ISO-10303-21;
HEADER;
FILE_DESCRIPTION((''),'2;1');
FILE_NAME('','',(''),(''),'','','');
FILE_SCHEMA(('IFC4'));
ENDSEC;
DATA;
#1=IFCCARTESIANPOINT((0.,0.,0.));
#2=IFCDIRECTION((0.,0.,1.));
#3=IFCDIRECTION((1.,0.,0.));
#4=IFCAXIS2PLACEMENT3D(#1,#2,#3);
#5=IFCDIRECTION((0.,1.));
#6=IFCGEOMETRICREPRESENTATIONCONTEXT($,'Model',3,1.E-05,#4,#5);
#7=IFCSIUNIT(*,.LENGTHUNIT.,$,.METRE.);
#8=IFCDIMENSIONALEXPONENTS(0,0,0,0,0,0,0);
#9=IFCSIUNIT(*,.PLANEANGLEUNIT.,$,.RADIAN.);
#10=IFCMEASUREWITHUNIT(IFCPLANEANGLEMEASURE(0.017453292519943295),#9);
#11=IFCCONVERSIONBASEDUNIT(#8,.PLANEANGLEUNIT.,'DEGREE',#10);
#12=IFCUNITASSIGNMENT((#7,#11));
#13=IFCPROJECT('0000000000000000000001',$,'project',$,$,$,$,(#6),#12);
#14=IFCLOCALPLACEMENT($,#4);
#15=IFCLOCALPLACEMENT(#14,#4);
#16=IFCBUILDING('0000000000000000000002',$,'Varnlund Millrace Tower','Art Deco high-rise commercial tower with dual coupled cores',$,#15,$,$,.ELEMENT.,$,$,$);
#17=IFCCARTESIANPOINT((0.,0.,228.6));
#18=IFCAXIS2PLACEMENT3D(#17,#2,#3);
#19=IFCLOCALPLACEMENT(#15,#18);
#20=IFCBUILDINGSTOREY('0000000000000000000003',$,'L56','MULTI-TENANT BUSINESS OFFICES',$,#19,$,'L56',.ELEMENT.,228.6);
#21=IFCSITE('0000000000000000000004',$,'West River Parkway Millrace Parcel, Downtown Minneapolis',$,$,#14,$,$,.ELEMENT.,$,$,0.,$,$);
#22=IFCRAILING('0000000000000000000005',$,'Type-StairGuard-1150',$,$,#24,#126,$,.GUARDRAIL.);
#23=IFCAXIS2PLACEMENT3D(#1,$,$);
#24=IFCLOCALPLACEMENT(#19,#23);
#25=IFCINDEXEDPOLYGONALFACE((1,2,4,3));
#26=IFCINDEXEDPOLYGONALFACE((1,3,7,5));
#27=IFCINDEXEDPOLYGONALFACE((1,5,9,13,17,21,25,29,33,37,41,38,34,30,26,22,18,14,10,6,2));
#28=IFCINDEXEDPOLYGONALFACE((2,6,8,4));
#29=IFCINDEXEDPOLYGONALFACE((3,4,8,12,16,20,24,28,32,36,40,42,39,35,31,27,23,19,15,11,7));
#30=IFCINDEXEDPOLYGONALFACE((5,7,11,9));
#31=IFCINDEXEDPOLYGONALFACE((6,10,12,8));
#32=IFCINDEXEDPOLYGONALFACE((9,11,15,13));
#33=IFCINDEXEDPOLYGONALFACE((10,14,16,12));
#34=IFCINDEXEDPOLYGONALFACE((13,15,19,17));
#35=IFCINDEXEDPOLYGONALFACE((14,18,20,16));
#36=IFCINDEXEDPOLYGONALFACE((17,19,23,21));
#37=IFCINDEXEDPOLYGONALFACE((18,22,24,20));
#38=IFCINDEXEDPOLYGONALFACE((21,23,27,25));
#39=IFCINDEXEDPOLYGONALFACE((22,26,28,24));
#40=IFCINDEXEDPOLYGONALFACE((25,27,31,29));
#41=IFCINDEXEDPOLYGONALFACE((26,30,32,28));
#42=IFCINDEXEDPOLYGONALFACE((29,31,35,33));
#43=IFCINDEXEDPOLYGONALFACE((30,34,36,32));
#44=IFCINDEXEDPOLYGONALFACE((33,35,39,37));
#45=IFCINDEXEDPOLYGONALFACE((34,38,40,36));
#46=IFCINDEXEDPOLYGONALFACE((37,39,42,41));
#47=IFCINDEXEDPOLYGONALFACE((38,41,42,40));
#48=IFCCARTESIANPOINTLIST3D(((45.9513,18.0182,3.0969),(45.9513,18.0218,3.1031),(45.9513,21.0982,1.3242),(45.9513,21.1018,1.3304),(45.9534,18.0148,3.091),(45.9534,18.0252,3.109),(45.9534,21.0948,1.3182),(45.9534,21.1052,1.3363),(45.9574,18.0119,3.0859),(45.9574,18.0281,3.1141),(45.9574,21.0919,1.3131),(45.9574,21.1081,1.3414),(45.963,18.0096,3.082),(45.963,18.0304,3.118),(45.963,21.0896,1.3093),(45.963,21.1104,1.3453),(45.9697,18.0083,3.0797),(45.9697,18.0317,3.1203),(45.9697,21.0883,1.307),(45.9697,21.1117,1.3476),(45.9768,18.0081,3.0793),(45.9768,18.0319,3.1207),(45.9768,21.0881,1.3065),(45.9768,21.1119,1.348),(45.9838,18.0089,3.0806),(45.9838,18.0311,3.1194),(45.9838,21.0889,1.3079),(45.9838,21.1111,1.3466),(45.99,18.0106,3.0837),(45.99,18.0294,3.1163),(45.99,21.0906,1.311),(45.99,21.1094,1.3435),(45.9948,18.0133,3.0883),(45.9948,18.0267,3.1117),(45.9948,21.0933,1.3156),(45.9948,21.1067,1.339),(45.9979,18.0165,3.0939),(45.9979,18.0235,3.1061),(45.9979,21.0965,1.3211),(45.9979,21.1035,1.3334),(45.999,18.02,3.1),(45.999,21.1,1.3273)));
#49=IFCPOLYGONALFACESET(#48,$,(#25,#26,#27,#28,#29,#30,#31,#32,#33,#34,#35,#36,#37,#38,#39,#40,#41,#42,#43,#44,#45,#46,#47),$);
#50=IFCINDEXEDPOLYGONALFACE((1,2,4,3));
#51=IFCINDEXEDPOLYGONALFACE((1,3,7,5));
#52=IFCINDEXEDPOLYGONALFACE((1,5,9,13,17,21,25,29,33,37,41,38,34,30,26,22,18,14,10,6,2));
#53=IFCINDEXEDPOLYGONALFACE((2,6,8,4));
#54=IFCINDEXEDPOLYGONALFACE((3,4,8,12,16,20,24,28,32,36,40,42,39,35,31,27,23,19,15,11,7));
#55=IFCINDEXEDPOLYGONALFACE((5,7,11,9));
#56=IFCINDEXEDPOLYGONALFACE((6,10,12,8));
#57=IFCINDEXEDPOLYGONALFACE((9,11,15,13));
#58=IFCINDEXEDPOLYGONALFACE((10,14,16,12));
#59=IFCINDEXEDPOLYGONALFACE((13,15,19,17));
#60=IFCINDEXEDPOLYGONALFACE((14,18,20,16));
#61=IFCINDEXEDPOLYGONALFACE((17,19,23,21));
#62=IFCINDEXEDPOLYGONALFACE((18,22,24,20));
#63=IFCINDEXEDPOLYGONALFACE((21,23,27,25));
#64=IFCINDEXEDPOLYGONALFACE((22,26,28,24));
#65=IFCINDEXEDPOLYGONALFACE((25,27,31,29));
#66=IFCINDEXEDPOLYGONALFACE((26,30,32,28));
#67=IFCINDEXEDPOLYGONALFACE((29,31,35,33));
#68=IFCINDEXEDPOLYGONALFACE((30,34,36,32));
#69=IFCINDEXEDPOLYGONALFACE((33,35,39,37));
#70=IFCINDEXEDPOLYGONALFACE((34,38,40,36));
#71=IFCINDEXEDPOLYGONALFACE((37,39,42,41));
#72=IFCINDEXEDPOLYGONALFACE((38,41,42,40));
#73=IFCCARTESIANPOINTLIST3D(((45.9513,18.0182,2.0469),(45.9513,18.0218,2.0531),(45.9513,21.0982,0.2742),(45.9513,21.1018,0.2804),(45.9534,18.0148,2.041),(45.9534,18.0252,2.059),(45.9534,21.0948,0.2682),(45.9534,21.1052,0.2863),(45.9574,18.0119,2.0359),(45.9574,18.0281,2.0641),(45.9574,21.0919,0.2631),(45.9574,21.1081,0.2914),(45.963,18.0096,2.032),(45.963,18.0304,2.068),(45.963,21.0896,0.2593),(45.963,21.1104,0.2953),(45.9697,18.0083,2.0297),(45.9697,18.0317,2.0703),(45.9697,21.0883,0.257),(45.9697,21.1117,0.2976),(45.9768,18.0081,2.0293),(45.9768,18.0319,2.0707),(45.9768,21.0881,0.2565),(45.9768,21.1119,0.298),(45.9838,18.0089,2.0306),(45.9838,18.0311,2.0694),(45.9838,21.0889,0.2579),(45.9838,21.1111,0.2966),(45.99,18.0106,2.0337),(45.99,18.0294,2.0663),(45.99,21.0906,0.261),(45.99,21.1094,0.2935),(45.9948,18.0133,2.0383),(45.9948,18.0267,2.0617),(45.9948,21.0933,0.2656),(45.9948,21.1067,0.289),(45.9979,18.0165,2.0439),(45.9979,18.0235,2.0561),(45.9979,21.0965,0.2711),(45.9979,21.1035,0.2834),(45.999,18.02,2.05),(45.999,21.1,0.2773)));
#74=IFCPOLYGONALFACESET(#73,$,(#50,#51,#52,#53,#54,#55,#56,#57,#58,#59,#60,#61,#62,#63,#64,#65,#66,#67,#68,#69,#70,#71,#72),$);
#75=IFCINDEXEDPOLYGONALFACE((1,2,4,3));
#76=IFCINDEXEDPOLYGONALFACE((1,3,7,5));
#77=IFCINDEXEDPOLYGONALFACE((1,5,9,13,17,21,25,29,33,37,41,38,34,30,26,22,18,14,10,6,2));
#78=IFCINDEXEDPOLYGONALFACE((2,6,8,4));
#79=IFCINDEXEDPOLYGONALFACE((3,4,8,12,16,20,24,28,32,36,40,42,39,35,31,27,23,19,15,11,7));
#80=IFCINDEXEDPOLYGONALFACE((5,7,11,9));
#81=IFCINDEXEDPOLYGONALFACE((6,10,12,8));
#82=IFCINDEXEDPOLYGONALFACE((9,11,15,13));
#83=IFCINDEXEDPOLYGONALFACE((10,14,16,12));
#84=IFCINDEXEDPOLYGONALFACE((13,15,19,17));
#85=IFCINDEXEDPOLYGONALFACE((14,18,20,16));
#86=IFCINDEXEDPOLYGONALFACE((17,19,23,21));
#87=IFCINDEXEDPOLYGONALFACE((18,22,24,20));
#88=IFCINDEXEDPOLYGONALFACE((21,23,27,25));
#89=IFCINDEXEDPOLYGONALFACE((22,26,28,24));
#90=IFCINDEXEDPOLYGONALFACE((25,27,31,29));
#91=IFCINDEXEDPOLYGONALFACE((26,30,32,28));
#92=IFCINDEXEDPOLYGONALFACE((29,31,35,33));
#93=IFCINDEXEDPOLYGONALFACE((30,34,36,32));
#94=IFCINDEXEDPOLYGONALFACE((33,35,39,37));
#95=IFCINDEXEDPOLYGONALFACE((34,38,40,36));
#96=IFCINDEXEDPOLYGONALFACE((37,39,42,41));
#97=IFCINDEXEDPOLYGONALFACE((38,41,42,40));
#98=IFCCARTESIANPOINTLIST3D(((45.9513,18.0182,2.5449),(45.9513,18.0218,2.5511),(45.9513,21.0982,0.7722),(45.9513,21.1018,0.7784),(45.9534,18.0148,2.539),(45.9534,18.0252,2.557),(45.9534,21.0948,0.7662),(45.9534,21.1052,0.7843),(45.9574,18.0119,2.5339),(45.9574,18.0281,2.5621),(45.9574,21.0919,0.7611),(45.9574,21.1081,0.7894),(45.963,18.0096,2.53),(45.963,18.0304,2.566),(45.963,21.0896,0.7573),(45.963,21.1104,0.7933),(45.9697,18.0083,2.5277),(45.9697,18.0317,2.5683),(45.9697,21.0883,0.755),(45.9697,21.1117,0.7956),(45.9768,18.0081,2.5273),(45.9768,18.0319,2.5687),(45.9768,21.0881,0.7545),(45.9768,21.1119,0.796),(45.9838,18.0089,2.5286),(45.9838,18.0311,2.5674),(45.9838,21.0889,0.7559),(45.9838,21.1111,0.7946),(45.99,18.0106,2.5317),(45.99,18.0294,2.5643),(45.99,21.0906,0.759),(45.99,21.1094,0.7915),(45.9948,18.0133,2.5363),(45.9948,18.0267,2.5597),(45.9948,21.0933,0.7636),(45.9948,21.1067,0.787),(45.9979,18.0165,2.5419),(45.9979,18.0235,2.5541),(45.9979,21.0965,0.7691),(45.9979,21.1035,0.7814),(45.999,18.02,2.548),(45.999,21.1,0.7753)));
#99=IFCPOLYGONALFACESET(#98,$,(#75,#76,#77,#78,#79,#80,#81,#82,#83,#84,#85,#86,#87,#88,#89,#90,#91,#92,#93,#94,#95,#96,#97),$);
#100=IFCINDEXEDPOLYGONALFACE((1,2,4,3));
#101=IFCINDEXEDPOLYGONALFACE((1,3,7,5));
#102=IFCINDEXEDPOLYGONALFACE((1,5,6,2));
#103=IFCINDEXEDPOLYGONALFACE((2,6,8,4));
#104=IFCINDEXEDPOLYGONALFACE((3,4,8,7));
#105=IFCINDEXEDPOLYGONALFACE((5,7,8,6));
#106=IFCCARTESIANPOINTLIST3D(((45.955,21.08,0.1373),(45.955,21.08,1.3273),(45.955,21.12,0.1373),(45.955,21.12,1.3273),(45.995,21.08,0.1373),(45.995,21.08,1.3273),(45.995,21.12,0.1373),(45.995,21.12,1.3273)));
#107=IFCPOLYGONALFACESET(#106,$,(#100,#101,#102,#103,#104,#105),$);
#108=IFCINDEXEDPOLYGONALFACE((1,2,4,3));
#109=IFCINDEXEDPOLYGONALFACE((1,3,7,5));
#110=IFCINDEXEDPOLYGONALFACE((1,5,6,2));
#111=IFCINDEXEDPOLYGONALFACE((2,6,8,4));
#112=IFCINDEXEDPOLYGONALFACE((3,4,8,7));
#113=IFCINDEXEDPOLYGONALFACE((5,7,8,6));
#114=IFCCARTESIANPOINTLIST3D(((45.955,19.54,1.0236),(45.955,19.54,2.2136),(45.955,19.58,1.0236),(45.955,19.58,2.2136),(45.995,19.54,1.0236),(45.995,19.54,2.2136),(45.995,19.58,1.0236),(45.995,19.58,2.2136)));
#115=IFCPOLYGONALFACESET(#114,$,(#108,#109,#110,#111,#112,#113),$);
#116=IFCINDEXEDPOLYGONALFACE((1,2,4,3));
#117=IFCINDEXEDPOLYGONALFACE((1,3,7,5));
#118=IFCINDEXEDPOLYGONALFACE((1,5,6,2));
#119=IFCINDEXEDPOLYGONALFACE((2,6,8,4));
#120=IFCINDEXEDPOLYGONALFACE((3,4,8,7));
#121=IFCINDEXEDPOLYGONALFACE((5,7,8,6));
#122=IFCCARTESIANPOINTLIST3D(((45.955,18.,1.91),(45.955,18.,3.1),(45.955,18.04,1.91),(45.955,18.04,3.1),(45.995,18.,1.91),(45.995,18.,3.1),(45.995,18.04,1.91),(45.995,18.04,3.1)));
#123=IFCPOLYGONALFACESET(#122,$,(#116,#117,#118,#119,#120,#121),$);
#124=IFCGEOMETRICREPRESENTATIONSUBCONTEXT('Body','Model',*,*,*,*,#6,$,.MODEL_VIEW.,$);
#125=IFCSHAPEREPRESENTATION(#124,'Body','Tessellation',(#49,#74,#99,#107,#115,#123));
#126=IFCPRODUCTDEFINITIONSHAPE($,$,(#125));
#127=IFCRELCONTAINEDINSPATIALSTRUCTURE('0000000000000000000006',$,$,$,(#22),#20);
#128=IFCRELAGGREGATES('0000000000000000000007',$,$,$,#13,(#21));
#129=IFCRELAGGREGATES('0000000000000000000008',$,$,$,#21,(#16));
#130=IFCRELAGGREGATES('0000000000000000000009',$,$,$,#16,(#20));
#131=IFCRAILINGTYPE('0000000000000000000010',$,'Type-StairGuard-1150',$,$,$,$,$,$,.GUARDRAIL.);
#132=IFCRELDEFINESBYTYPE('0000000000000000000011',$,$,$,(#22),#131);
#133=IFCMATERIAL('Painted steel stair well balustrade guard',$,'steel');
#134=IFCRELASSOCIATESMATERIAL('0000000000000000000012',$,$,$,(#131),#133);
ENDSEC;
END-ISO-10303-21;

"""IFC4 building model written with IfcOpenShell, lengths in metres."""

from ifc_helpers import new_model, entity, si_unit, converted_unit, direction, frame, origin_with_axes, origin_2d_with_axis, place, context, subcontext, project, spatial, rectangle, circle, extrude, material, type_object, element, save


model = new_model("IFC4")

# Units and contexts
model_context = context("Model", 3, precision=1e-05, world=origin_with_axes(), true_north=direction((0.0, 1.0)))
body_context = subcontext(model_context, "Body", "Model", "MODEL_VIEW")
ifc_project = project(units=[si_unit("LENGTHUNIT", "METRE"), converted_unit("PLANEANGLEUNIT", "DEGREE", entity("IfcPlaneAngleMeasure", 0.017453292519943295), si_unit("PLANEANGLEUNIT", "RADIAN"), dimensions=[0, 0, 0, 0, 0, 0, 0])], contexts=[model_context])

# Site, building, storey
site_placement = place(None, origin_with_axes())
site = spatial("IfcSite", under=ifc_project, at=site_placement, Name="West River Parkway Millrace Parcel, Downtown Minneapolis", CompositionType="ELEMENT", RefElevation=0.0)
building_placement = place(site_placement, origin_with_axes())
building = spatial("IfcBuilding", under=site, at=building_placement, Name="Varnlund Millrace Tower", Description="Art Deco high-rise commercial tower with dual coupled cores", CompositionType="ELEMENT")
storey_placement = place(building_placement, frame((0.0, 0.0, 228.6), z_axis=(0.0, 0.0, 1.0), x_axis=(1.0, 0.0, 0.0)))
storey = spatial("IfcBuildingStorey", under=building, at=storey_placement, Name="L56", Description="MULTI-TENANT BUSINESS OFFICES", LongName="L56", CompositionType="ELEMENT", Elevation=228.6)

# Railing
ifc_material_1 = material(Name="Painted steel stair well balustrade guard", Category="steel")
railing_type_1 = type_object("IfcRailingType", Name="Type-StairGuard-1150", PredefinedType="GUARDRAIL", material=ifc_material_1)
railing_1_placement = place(storey_placement, frame((0.0, 0.0, -228.6), z_axis=(0.0, 0.0, 1.0), x_axis=(1.0, 0.0, 0.0)))
element("IfcRailing", 1, at=railing_1_placement, inside=storey, type_object=railing_type_1, Name="Type-StairGuard-1150", PredefinedType="GUARDRAIL", context=body_context, shape_type="SweptSolid", body=[
    extrude(circle(Radius=0.024, at=origin_2d_with_axis()), frame((45.975, 21.1, 229.9273), z_axis=(0.0, -0.866696, 0.498836), x_axis=(1.0, 0.0, 0.0)), (0.0, 0.0, 1.0), 3.5537),
    extrude(circle(Radius=0.024, at=origin_2d_with_axis()), frame((45.975, 21.1, 228.8773), z_axis=(0.0, -0.866696, 0.498836), x_axis=(1.0, 0.0, 0.0)), (0.0, 0.0, 1.0), 3.5537),
    extrude(circle(Radius=0.024, at=origin_2d_with_axis()), frame((45.975, 21.1, 229.3753), z_axis=(0.0, -0.866696, 0.498836), x_axis=(1.0, 0.0, 0.0)), (0.0, 0.0, 1.0), 3.5537),
    extrude(rectangle(XDim=0.04, YDim=0.04, at=origin_2d_with_axis()), frame((45.975, 21.1, 228.7373), z_axis=(0.0, 0.0, 1.0), x_axis=(1.0, 0.0, 0.0)), (0.0, 0.0, 1.0), 1.19),
    extrude(rectangle(XDim=0.04, YDim=0.04, at=origin_2d_with_axis()), frame((45.975, 19.56, 229.6236), z_axis=(0.0, 0.0, 1.0), x_axis=(1.0, 0.0, 0.0)), (0.0, 0.0, 1.0), 1.19),
    extrude(rectangle(XDim=0.04, YDim=0.04, at=origin_2d_with_axis()), frame((45.975, 18.02, 230.51), z_axis=(0.0, 0.0, 1.0), x_axis=(1.0, 0.0, 0.0)), (0.0, 0.0, 1.0), 1.19),
])

save(model, "model.ifc")
